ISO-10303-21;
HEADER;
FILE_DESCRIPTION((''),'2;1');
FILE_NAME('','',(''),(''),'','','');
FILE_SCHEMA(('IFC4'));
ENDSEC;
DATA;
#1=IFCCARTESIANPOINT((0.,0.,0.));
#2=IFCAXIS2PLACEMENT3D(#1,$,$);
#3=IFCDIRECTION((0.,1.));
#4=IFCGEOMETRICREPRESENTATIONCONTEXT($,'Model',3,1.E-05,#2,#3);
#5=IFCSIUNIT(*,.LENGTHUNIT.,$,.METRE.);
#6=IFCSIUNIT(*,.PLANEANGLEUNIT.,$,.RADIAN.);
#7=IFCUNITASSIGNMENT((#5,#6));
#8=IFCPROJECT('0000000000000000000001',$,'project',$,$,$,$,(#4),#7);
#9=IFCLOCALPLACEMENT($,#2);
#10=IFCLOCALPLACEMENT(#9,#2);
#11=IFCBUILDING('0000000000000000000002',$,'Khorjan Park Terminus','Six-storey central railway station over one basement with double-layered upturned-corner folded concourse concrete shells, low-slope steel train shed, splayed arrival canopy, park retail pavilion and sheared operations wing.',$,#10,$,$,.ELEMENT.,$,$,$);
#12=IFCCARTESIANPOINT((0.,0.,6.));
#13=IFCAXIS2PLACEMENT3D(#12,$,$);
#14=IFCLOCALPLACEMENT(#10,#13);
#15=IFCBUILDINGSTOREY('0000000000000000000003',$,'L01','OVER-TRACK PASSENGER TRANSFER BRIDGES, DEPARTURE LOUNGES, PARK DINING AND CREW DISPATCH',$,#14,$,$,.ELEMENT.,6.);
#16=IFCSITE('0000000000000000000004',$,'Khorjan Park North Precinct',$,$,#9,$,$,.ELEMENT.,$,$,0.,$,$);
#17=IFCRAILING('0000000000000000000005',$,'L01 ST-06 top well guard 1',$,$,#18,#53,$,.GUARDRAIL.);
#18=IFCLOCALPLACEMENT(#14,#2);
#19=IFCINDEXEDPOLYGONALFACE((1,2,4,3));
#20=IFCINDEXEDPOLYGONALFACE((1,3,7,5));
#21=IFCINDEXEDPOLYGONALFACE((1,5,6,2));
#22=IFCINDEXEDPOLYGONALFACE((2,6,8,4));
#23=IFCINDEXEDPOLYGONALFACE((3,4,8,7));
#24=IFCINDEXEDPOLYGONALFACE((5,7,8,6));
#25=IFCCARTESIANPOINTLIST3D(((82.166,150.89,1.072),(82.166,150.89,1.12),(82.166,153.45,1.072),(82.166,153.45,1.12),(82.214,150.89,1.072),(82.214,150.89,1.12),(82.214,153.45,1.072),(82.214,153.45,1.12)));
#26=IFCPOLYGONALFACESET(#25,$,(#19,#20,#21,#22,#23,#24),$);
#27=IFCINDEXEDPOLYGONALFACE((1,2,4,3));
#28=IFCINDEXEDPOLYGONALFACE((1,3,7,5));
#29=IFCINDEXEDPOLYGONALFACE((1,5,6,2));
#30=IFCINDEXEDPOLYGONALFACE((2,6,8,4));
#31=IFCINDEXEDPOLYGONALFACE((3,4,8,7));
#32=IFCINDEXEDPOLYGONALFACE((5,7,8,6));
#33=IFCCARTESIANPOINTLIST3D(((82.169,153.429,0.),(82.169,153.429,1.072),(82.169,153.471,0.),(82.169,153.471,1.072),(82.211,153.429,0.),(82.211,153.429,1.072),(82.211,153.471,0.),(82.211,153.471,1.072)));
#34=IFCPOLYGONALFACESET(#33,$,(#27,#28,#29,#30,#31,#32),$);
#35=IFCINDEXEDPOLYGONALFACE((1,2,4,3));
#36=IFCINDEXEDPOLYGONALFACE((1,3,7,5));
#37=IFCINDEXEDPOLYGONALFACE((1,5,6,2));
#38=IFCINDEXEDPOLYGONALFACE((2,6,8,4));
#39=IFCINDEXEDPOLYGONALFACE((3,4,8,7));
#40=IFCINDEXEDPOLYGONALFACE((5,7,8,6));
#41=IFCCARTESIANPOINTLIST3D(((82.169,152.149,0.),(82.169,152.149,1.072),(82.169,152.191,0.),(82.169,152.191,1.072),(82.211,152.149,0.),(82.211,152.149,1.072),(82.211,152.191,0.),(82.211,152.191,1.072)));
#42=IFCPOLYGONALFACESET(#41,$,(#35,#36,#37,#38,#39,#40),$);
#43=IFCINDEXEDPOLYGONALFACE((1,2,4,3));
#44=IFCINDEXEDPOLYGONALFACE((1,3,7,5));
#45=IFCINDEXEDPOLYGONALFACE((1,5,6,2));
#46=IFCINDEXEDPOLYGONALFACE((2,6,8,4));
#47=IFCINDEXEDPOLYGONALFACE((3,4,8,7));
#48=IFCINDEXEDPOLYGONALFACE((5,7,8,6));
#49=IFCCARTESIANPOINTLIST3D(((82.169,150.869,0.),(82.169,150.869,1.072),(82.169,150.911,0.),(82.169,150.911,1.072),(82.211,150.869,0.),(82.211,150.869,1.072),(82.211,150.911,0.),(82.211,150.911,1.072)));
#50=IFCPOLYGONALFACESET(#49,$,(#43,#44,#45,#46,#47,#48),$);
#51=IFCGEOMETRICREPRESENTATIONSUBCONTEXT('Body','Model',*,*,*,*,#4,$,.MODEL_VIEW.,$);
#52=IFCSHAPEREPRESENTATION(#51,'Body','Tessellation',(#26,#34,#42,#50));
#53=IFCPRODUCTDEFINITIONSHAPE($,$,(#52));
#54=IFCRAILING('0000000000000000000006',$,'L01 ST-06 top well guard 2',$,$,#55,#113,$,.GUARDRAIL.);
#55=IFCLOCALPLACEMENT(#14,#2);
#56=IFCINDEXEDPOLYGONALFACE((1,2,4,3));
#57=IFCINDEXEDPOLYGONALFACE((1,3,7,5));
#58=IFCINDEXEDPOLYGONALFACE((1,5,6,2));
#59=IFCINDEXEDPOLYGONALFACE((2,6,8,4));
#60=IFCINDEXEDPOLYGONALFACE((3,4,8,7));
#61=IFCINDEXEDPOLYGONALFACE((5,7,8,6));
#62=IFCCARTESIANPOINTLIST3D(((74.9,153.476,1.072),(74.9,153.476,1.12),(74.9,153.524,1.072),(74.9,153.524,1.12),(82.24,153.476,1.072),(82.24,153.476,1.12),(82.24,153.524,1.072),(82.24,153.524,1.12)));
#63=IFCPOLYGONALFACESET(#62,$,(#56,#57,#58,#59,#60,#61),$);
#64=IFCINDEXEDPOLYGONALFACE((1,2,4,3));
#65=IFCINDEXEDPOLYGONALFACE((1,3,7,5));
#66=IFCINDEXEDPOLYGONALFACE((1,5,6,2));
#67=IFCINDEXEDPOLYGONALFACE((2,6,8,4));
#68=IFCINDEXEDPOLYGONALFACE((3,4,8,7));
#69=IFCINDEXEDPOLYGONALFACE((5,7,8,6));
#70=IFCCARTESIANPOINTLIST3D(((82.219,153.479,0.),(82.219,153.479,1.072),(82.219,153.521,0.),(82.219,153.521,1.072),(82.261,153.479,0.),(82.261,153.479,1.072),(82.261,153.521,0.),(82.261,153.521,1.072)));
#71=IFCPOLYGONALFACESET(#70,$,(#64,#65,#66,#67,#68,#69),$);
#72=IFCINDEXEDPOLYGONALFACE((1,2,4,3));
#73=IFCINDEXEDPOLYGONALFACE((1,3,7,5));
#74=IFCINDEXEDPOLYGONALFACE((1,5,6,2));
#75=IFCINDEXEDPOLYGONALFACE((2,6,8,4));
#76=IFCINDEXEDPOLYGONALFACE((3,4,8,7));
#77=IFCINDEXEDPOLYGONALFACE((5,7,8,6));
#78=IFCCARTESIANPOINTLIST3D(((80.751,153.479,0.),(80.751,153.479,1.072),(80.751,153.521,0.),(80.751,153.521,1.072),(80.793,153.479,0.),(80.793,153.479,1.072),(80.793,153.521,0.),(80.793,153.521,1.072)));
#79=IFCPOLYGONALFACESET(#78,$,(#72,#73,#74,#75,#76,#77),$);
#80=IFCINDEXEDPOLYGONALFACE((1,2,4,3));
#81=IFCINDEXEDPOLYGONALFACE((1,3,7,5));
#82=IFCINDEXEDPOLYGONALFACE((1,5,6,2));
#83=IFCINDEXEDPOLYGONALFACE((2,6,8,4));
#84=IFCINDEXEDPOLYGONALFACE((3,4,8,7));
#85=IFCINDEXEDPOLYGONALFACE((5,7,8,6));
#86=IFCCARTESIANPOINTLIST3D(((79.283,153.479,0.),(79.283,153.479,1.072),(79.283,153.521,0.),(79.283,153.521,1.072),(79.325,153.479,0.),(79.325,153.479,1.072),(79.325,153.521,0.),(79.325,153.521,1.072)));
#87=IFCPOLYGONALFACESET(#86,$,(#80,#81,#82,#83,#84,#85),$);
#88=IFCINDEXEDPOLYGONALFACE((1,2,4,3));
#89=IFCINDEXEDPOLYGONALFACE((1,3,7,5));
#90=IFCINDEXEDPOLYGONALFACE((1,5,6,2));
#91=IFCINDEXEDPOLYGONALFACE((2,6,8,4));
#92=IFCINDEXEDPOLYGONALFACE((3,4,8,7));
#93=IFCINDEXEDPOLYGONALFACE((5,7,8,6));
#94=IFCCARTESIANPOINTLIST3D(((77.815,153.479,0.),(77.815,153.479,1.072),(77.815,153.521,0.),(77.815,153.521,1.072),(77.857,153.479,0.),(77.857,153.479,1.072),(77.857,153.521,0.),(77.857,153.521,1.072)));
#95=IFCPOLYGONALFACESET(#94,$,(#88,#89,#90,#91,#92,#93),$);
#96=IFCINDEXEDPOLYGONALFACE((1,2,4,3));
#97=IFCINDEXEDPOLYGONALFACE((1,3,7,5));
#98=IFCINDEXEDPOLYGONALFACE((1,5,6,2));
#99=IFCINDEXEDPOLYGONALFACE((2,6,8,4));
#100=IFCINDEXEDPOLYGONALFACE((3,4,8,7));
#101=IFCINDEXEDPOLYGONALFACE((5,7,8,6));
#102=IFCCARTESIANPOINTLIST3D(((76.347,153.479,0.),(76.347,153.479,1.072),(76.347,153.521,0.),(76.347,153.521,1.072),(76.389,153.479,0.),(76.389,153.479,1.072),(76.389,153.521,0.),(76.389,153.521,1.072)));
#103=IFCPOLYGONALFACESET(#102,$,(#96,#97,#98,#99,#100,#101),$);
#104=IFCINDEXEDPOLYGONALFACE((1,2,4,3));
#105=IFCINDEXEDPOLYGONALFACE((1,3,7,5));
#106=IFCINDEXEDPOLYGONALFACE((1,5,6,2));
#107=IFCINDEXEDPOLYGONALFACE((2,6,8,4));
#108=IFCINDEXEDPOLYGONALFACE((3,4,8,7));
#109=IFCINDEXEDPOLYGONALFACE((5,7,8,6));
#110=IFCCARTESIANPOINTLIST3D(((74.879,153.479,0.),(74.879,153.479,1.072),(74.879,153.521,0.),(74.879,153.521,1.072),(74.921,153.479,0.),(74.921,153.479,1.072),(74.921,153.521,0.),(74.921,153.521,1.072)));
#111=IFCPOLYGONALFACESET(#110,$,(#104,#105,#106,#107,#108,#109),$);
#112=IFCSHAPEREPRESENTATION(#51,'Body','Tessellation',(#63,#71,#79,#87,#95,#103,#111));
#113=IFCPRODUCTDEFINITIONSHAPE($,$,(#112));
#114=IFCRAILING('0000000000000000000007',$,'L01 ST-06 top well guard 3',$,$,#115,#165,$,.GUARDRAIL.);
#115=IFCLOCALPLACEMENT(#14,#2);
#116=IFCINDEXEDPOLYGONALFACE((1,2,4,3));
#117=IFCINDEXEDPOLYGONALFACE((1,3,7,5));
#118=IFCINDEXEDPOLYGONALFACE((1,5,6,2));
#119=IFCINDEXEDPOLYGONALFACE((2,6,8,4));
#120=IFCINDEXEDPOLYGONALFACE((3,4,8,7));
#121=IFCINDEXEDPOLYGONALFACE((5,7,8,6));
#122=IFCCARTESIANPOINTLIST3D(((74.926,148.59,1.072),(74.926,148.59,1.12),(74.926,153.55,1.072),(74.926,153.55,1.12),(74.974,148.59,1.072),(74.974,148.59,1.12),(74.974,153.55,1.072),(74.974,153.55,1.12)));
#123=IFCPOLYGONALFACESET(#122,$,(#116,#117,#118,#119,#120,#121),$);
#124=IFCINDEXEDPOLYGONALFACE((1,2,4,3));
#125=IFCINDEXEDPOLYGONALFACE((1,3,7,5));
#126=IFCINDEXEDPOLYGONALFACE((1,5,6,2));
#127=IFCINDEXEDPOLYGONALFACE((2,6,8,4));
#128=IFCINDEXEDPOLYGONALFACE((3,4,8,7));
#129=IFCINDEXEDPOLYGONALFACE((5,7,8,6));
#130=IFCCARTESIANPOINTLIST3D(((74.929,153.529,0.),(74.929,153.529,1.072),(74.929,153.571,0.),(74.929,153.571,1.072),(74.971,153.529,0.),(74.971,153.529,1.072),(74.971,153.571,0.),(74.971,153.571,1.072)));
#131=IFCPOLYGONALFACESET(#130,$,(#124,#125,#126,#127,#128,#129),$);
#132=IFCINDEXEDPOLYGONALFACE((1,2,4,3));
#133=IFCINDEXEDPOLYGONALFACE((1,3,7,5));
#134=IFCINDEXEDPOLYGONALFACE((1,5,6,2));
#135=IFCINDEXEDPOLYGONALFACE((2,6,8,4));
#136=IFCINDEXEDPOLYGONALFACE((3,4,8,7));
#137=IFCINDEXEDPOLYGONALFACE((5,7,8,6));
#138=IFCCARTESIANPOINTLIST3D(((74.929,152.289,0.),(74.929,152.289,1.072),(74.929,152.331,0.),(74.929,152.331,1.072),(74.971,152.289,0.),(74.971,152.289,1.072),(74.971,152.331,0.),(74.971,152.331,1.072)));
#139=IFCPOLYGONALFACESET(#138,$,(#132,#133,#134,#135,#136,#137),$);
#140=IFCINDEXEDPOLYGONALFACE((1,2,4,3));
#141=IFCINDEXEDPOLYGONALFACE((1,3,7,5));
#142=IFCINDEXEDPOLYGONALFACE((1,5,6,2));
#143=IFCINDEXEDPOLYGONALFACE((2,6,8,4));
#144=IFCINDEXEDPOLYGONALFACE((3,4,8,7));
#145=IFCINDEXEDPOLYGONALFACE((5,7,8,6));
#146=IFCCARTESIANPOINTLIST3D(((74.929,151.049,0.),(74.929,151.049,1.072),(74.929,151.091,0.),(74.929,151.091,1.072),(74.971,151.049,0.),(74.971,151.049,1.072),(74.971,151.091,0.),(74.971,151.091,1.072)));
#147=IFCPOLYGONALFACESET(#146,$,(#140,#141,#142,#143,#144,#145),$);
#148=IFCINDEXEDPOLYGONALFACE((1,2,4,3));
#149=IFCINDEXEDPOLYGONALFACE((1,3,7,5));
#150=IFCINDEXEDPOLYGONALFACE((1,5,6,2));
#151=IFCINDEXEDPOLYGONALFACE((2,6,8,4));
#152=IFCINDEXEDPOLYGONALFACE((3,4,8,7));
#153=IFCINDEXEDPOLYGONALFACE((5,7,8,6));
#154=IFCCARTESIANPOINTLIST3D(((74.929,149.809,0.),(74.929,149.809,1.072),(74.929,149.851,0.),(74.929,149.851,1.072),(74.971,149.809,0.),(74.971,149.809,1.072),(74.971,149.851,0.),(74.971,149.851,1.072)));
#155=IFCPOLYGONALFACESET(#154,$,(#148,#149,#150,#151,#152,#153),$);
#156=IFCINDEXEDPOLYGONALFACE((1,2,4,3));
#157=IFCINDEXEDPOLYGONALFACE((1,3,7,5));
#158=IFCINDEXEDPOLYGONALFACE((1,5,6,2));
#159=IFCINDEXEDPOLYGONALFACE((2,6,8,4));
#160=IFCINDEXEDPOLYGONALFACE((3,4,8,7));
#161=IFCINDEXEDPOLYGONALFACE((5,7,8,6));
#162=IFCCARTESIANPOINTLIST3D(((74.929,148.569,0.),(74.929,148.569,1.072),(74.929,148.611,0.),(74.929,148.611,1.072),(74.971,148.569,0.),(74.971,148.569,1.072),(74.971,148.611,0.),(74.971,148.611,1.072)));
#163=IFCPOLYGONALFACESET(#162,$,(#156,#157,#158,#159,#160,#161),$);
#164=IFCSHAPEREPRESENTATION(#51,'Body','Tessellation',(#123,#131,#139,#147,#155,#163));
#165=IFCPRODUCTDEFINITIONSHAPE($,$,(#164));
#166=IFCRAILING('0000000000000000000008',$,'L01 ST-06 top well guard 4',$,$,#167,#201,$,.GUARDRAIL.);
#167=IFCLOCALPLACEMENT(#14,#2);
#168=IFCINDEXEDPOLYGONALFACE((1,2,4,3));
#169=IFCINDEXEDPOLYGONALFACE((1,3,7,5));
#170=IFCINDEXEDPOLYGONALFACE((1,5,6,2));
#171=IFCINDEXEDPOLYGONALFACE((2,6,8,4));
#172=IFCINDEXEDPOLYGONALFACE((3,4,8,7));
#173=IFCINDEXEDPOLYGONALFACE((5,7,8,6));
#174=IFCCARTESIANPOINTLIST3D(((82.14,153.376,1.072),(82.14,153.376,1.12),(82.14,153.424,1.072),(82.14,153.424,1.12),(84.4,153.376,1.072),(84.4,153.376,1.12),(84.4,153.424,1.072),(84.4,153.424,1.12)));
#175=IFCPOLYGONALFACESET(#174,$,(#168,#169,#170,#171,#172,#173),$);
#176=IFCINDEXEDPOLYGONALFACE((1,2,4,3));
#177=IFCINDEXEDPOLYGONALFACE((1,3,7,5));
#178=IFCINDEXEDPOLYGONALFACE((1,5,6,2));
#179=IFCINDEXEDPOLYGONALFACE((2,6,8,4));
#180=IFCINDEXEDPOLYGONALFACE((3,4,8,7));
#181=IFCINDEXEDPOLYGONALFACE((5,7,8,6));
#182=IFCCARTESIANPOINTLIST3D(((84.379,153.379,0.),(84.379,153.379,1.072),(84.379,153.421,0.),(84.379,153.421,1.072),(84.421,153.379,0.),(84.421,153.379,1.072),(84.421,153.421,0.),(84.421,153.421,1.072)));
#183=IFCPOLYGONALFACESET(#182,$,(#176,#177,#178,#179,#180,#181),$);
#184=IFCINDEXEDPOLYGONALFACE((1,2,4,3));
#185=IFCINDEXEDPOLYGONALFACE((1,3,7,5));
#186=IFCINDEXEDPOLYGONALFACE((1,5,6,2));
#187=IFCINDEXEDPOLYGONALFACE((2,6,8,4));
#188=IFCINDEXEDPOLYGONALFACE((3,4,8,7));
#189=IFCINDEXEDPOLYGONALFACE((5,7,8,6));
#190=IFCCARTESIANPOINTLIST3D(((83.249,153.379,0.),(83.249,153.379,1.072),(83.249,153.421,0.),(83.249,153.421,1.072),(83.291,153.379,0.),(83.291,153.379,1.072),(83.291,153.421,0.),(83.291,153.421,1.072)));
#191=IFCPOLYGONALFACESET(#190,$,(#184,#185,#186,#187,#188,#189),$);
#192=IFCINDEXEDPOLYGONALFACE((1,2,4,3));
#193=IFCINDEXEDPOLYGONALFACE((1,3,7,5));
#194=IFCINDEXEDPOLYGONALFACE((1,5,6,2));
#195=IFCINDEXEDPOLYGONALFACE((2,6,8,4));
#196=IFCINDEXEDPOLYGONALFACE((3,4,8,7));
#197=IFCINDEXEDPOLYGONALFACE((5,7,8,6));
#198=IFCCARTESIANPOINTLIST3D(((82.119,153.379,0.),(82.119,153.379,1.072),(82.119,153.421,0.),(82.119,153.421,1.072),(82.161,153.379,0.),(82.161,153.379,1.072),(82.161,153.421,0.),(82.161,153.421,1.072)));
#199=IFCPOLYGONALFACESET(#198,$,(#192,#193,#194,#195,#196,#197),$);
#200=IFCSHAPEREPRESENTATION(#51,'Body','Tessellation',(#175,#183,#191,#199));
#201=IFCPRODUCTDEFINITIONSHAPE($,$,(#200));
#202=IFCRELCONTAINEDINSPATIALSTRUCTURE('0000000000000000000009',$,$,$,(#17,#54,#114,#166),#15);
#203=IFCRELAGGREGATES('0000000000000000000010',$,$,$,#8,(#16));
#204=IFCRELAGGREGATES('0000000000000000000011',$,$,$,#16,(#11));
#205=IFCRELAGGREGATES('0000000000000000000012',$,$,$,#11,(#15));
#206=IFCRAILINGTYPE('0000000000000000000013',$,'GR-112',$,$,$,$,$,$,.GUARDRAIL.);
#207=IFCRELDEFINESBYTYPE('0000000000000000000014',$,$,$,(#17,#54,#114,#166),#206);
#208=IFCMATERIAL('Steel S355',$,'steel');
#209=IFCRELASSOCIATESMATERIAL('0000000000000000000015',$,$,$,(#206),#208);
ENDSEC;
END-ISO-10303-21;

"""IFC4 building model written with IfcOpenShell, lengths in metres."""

from ifc_helpers import new_model, si_unit, direction, frame, origin, origin_2d, place, context, subcontext, project, spatial, rectangle, extrude, material, type_object, element, save


model = new_model("IFC4")

# Units and contexts
model_context = context("Model", 3, precision=1e-05, world=origin(), true_north=direction((0.0, 1.0)))
body_context = subcontext(model_context, "Body", "Model", "MODEL_VIEW")
ifc_project = project(units=[si_unit("LENGTHUNIT", "METRE"), si_unit("PLANEANGLEUNIT", "RADIAN")], contexts=[model_context])

# Site, building, storey
site_placement = place(None, origin())
site = spatial("IfcSite", under=ifc_project, at=site_placement, Name="Khorjan Park North Precinct", CompositionType="ELEMENT", RefElevation=0.0)
building_placement = place(site_placement, origin())
building = spatial("IfcBuilding", under=site, at=building_placement, Name="Khorjan Park Terminus", Description="Six-storey central railway station over one basement with double-layered upturned-corner folded concourse concrete shells, low-slope steel train shed, splayed arrival canopy, park retail pavilion and sheared operations wing.", CompositionType="ELEMENT")
storey_placement = place(building_placement, frame((0.0, 0.0, 6.0)))
storey = spatial("IfcBuildingStorey", under=building, at=storey_placement, Name="L01", Description="OVER-TRACK PASSENGER TRANSFER BRIDGES, DEPARTURE LOUNGES, PARK DINING AND CREW DISPATCH", CompositionType="ELEMENT", Elevation=6.0)

# Shared definitions
ifc_material_1 = material(Name="Steel S355", Category="steel")

# Railings
railing_type = type_object("IfcRailingType", Name="GR-112", PredefinedType="GUARDRAIL", material=ifc_material_1)
railing_1_placement = place(storey_placement, frame((82.19, 153.45, 0.0)))
element("IfcRailing", 1, at=railing_1_placement, inside=storey, type_object=railing_type, Name="L01 ST-06 top well guard 1", PredefinedType="GUARDRAIL", context=body_context, shape_type="SweptSolid", body=[
    extrude(rectangle(XDim=0.048, YDim=0.048, at=origin_2d()), frame((0.0, 0.0, 1.096), z_axis=(0.0, -1.0, 0.0), x_axis=(1.0, 0.0, 0.0)), (0.0, 0.0, 1.0), 2.56),
    extrude(rectangle(XDim=0.042, YDim=0.042, at=origin_2d()), origin(), (0.0, 0.0, 1.0), 1.072),
    extrude(rectangle(XDim=0.042, YDim=0.042, at=origin_2d()), frame((0.0, -1.28, 0.0)), (0.0, 0.0, 1.0), 1.072),
    extrude(rectangle(XDim=0.042, YDim=0.042, at=origin_2d()), frame((0.0, -2.56, 0.0)), (0.0, 0.0, 1.0), 1.072),
])
railing_2_placement = place(storey_placement, frame((82.24, 153.5, 0.0)))
element("IfcRailing", 2, at=railing_2_placement, inside=storey, type_object=railing_type, Name="L01 ST-06 top well guard 2", PredefinedType="GUARDRAIL", context=body_context, shape_type="SweptSolid", body=[
    extrude(rectangle(XDim=0.048, YDim=0.048, at=origin_2d()), frame((0.0, 0.0, 1.096), z_axis=(-1.0, 0.0, 0.0), x_axis=(0.0, -1.0, 0.0)), (0.0, 0.0, 1.0), 7.34),
    extrude(rectangle(XDim=0.042, YDim=0.042, at=origin_2d()), origin(), (0.0, 0.0, 1.0), 1.072),
    extrude(rectangle(XDim=0.042, YDim=0.042, at=origin_2d()), frame((-1.468, 0.0, 0.0)), (0.0, 0.0, 1.0), 1.072),
    extrude(rectangle(XDim=0.042, YDim=0.042, at=origin_2d()), frame((-2.936, 0.0, 0.0)), (0.0, 0.0, 1.0), 1.072),
    extrude(rectangle(XDim=0.042, YDim=0.042, at=origin_2d()), frame((-4.404, 0.0, 0.0)), (0.0, 0.0, 1.0), 1.072),
    extrude(rectangle(XDim=0.042, YDim=0.042, at=origin_2d()), frame((-5.872, 0.0, 0.0)), (0.0, 0.0, 1.0), 1.072),
    extrude(rectangle(XDim=0.042, YDim=0.042, at=origin_2d()), frame((-7.34, 0.0, 0.0)), (0.0, 0.0, 1.0), 1.072),
])
railing_3_placement = place(storey_placement, frame((74.95, 153.55, 0.0)))
element("IfcRailing", 3, at=railing_3_placement, inside=storey, type_object=railing_type, Name="L01 ST-06 top well guard 3", PredefinedType="GUARDRAIL", context=body_context, shape_type="SweptSolid", body=[
    extrude(rectangle(XDim=0.048, YDim=0.048, at=origin_2d()), frame((0.0, 0.0, 1.096), z_axis=(0.0, -1.0, 0.0), x_axis=(1.0, 0.0, 0.0)), (0.0, 0.0, 1.0), 4.96),
    extrude(rectangle(XDim=0.042, YDim=0.042, at=origin_2d()), origin(), (0.0, 0.0, 1.0), 1.072),
    extrude(rectangle(XDim=0.042, YDim=0.042, at=origin_2d()), frame((0.0, -1.24, 0.0)), (0.0, 0.0, 1.0), 1.072),
    extrude(rectangle(XDim=0.042, YDim=0.042, at=origin_2d()), frame((0.0, -2.48, 0.0)), (0.0, 0.0, 1.0), 1.072),
    extrude(rectangle(XDim=0.042, YDim=0.042, at=origin_2d()), frame((0.0, -3.72, 0.0)), (0.0, 0.0, 1.0), 1.072),
    extrude(rectangle(XDim=0.042, YDim=0.042, at=origin_2d()), frame((0.0, -4.96, 0.0)), (0.0, 0.0, 1.0), 1.072),
])
railing_4_placement = place(storey_placement, frame((84.4, 153.4, 0.0)))
element("IfcRailing", 4, at=railing_4_placement, inside=storey, type_object=railing_type, Name="L01 ST-06 top well guard 4", PredefinedType="GUARDRAIL", context=body_context, shape_type="SweptSolid", body=[
    extrude(rectangle(XDim=0.048, YDim=0.048, at=origin_2d()), frame((0.0, 0.0, 1.096), z_axis=(-1.0, 0.0, 0.0), x_axis=(0.0, -1.0, 0.0)), (0.0, 0.0, 1.0), 2.26),
    extrude(rectangle(XDim=0.042, YDim=0.042, at=origin_2d()), origin(), (0.0, 0.0, 1.0), 1.072),
    extrude(rectangle(XDim=0.042, YDim=0.042, at=origin_2d()), frame((-1.13, 0.0, 0.0)), (0.0, 0.0, 1.0), 1.072),
    extrude(rectangle(XDim=0.042, YDim=0.042, at=origin_2d()), frame((-2.26, 0.0, 0.0)), (0.0, 0.0, 1.0), 1.072),
])

save(model, "model.ifc")
